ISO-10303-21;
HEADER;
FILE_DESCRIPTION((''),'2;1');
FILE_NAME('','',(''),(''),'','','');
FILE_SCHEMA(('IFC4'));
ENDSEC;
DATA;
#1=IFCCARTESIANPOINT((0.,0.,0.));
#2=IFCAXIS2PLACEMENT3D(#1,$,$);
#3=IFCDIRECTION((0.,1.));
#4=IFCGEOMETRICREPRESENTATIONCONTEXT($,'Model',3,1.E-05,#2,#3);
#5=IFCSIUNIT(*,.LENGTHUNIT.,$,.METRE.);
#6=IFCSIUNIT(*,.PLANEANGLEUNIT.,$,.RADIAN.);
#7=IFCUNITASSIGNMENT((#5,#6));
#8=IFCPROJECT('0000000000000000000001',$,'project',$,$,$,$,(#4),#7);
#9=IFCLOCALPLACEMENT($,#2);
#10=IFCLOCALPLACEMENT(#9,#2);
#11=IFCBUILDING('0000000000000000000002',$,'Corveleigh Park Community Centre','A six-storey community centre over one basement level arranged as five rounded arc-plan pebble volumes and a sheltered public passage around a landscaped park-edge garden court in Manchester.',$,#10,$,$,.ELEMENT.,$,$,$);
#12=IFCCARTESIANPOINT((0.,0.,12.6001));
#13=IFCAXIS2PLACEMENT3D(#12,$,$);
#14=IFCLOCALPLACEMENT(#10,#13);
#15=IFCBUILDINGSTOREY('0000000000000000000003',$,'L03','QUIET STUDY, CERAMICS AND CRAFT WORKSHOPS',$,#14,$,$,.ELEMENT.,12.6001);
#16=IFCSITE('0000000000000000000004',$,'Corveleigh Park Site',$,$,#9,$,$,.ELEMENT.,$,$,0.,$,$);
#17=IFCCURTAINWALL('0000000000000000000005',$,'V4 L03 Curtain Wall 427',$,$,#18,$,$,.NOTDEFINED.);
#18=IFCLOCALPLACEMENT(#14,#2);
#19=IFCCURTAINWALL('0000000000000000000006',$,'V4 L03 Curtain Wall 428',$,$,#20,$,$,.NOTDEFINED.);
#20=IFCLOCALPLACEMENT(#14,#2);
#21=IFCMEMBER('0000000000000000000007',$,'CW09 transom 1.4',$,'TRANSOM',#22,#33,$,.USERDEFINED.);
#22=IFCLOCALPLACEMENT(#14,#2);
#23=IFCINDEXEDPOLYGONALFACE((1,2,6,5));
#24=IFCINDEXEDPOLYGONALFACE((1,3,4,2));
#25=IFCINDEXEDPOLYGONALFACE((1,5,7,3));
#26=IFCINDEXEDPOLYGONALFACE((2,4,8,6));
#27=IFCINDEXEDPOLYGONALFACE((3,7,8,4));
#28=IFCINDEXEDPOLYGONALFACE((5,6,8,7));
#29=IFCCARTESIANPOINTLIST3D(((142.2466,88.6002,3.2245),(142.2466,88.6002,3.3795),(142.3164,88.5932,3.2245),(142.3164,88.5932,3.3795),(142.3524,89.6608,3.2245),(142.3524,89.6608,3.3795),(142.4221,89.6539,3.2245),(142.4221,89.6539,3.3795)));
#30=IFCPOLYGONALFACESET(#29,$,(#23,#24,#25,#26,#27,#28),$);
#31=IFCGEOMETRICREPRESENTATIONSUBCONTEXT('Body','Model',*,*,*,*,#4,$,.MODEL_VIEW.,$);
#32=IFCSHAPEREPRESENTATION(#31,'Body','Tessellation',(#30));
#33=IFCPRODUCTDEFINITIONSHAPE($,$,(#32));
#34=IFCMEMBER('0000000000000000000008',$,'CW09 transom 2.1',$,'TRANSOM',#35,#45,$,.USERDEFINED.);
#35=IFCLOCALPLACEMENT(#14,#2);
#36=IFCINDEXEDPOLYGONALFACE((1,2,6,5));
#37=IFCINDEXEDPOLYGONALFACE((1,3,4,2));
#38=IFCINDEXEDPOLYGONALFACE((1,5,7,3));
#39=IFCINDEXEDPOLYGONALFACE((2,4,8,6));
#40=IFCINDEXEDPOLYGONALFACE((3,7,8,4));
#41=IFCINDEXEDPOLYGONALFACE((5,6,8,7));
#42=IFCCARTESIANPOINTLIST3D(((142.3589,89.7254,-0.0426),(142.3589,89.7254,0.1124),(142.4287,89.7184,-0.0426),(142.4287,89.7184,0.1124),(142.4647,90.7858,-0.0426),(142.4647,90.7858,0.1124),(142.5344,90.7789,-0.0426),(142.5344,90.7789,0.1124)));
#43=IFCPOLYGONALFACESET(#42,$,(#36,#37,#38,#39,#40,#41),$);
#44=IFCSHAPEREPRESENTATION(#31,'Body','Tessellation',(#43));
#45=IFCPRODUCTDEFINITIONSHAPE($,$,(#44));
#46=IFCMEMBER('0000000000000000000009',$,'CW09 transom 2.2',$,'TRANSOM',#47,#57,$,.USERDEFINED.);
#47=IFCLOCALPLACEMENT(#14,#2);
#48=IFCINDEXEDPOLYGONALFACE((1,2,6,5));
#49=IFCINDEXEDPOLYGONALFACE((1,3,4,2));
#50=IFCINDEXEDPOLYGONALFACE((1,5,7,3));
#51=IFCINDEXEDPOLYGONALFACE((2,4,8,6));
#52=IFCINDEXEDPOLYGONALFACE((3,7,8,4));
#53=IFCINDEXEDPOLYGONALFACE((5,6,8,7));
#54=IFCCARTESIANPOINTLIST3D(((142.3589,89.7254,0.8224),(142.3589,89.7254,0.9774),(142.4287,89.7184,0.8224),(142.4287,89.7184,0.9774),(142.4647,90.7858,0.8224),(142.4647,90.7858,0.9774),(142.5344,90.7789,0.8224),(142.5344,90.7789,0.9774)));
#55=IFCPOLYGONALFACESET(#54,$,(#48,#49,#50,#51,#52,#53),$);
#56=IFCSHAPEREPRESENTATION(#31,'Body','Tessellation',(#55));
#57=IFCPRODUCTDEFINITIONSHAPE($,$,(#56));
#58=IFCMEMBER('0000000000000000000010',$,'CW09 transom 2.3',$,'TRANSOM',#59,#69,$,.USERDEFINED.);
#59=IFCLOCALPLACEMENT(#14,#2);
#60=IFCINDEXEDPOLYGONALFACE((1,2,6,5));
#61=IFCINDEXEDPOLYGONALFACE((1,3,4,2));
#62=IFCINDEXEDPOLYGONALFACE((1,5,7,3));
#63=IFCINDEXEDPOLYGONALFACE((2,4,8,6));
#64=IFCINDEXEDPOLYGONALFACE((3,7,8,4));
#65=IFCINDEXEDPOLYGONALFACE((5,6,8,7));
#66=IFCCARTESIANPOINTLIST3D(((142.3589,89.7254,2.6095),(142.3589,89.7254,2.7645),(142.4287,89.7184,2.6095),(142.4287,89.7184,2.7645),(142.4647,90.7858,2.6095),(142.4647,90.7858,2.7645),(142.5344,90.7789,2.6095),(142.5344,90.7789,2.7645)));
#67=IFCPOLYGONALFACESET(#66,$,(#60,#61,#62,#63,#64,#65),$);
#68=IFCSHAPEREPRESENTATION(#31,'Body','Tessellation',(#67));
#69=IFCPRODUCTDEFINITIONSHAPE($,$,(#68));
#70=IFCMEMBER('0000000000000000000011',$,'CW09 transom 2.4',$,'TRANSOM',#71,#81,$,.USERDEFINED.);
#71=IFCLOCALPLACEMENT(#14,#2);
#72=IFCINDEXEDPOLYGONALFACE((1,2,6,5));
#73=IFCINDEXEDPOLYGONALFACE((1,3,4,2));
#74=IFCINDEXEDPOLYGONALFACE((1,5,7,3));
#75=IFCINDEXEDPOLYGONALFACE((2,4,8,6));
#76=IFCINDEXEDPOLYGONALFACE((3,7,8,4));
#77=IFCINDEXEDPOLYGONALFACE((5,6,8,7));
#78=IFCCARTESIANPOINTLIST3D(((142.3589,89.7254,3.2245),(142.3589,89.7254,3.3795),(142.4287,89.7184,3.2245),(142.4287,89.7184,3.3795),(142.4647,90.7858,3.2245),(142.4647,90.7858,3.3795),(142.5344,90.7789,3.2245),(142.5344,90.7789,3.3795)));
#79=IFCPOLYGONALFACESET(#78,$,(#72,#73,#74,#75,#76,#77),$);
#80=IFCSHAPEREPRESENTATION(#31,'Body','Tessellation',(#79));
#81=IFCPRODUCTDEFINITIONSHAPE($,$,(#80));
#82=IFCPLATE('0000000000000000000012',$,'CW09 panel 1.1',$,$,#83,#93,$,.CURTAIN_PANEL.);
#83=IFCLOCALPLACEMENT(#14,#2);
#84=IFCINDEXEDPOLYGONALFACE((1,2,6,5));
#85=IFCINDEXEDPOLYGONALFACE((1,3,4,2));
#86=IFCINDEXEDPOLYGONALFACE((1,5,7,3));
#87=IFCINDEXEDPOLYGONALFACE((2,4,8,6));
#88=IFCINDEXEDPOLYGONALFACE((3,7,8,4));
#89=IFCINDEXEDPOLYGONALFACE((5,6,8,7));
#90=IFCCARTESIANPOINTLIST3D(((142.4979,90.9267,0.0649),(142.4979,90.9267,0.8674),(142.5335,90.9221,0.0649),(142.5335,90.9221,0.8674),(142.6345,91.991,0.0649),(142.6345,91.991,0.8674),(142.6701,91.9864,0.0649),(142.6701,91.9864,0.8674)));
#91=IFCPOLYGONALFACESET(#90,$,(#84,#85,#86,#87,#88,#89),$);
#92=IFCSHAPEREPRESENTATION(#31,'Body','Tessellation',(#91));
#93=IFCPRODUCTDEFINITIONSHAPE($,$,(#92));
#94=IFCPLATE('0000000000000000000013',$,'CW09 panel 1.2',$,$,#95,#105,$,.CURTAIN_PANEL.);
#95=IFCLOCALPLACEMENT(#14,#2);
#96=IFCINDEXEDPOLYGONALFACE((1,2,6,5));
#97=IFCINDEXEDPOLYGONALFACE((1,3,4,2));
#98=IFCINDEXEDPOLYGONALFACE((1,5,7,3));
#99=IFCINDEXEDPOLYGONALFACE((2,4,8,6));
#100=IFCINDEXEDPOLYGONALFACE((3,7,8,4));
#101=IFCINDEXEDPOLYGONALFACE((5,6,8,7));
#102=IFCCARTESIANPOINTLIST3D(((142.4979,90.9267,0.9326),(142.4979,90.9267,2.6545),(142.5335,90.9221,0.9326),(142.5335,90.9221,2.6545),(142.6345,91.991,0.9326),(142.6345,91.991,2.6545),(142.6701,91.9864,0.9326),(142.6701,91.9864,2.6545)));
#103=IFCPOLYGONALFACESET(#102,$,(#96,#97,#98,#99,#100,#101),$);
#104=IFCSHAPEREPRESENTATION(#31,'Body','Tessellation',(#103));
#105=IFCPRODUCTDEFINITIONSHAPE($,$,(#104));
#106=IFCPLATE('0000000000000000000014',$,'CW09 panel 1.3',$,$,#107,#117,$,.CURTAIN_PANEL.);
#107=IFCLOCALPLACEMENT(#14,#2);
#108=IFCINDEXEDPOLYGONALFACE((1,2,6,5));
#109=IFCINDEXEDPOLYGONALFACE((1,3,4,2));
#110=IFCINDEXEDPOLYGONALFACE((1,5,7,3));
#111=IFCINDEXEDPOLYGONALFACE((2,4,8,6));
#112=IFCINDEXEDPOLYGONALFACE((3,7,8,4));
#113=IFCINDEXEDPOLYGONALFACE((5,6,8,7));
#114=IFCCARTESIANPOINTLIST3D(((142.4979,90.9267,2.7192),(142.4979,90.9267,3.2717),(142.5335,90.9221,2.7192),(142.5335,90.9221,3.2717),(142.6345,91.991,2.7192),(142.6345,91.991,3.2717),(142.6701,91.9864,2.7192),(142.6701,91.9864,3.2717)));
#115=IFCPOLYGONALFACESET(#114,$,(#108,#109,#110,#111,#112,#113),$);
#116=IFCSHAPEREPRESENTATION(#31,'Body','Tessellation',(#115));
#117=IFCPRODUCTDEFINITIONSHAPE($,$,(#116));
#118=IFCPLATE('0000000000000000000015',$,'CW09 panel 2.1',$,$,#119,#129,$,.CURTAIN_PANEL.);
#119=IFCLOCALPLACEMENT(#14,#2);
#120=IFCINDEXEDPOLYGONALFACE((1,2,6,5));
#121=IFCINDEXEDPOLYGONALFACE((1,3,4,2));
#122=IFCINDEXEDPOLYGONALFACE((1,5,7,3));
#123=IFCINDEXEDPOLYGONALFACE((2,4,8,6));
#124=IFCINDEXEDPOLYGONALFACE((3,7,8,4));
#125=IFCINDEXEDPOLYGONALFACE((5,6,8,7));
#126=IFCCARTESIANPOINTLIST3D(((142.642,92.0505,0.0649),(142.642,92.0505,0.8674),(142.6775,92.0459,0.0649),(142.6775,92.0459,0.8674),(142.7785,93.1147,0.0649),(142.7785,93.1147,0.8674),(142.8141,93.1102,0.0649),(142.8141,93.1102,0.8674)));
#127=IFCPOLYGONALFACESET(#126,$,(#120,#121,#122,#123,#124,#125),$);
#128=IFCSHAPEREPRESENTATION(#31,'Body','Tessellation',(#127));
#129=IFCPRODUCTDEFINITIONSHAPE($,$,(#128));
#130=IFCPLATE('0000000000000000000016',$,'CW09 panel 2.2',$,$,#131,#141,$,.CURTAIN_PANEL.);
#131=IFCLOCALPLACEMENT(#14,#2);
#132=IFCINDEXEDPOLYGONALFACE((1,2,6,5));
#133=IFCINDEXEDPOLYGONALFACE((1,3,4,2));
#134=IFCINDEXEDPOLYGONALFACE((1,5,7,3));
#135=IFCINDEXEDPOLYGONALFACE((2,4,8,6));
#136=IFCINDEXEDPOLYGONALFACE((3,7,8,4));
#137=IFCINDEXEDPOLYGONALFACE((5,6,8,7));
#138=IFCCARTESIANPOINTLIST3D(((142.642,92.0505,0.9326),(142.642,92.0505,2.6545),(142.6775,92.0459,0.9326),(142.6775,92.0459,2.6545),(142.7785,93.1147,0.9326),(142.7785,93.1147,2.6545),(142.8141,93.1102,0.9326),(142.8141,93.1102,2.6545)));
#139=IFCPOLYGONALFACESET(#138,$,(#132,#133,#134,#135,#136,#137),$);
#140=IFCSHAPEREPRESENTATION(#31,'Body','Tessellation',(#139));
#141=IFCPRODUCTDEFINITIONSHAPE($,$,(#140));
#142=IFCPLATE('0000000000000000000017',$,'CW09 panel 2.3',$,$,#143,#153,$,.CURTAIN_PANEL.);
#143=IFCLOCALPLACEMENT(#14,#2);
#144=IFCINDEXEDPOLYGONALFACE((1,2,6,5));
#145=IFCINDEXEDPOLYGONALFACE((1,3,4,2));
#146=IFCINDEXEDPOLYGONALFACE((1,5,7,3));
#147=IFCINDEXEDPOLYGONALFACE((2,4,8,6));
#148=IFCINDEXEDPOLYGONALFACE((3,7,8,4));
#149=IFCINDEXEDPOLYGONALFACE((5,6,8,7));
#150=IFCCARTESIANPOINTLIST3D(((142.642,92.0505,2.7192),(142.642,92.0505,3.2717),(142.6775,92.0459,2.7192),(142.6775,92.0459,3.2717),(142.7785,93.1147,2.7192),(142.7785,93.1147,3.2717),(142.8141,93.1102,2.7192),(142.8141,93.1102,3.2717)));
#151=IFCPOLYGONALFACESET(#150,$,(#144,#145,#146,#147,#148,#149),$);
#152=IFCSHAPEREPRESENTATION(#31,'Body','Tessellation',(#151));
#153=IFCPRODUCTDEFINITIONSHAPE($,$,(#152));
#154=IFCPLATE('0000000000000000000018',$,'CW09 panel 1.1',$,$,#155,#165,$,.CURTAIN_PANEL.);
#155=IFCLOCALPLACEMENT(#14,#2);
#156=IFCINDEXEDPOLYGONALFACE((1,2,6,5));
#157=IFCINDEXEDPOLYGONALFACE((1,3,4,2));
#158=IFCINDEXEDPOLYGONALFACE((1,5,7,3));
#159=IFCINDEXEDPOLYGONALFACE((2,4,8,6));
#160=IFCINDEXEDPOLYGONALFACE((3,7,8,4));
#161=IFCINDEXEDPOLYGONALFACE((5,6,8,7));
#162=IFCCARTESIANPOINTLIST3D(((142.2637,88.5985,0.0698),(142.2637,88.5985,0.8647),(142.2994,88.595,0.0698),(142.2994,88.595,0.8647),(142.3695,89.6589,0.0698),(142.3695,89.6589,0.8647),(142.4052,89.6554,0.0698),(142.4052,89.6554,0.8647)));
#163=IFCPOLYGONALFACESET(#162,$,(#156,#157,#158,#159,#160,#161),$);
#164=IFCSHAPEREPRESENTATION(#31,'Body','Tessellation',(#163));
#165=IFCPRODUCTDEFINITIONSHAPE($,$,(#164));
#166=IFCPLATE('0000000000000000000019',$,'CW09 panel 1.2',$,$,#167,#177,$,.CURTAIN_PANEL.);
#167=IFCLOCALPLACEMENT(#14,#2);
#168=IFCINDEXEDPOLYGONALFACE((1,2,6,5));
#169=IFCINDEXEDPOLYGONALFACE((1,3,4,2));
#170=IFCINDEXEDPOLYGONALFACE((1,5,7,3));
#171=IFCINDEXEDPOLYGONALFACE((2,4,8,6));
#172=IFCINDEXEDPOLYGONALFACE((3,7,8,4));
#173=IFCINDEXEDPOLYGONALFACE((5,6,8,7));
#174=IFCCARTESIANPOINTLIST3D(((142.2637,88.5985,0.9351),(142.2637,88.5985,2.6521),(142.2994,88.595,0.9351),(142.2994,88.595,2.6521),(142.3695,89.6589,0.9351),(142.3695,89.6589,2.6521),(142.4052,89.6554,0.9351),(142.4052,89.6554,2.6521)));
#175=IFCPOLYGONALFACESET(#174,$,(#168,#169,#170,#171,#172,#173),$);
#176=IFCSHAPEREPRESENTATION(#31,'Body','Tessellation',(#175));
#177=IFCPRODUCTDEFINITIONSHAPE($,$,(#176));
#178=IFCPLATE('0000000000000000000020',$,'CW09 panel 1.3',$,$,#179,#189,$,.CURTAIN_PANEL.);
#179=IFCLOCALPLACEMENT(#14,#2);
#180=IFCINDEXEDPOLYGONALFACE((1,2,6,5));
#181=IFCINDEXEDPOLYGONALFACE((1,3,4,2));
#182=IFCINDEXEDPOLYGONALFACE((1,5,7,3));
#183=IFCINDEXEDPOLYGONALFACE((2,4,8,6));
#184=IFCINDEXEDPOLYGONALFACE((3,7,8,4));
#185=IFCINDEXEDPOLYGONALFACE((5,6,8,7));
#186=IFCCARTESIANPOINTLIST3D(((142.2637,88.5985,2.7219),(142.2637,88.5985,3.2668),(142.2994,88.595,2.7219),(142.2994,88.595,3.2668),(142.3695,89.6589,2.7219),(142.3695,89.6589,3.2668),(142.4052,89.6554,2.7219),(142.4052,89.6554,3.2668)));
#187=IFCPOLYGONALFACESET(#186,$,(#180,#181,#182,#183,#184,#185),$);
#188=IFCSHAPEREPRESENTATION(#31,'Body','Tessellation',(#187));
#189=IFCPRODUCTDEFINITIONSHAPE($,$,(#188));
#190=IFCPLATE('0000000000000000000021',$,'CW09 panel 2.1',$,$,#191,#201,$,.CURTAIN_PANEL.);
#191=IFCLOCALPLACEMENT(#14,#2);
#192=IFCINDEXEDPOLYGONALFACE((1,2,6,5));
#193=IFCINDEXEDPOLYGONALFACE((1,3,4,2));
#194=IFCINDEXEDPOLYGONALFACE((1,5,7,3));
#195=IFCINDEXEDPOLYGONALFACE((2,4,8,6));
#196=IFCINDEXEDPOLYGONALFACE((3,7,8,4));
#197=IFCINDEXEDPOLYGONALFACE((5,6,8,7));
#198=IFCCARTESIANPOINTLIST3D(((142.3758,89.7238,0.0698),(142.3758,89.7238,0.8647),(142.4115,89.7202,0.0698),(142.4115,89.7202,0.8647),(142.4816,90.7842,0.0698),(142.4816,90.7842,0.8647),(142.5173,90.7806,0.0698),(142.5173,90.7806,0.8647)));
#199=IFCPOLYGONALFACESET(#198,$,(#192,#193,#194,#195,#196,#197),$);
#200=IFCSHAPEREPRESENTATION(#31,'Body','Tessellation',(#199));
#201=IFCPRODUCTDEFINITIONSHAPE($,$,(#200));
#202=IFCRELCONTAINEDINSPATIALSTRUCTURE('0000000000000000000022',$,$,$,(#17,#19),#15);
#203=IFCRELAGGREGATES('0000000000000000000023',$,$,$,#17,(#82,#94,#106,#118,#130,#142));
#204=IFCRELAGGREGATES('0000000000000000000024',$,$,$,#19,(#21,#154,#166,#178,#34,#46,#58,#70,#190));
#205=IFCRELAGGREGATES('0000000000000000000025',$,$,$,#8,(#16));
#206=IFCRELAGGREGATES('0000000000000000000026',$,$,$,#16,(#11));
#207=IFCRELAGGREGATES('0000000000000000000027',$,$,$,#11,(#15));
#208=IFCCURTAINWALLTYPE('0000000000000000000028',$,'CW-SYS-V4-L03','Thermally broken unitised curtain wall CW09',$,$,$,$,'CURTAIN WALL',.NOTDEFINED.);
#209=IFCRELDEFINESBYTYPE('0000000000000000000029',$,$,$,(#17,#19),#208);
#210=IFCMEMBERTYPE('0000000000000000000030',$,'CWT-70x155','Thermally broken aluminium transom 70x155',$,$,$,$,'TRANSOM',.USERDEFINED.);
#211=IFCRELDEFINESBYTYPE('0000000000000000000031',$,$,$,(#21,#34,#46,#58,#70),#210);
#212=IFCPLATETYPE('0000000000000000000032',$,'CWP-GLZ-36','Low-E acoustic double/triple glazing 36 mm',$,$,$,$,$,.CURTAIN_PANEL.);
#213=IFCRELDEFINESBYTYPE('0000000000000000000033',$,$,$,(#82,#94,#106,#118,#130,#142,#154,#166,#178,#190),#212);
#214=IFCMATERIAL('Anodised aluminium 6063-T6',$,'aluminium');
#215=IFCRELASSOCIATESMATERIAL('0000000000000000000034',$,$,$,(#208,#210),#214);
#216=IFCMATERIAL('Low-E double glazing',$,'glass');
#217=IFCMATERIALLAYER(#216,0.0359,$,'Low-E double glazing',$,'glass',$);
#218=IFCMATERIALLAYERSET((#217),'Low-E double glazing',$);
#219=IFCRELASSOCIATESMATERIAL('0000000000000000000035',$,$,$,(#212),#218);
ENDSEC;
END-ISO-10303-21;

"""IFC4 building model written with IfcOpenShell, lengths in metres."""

from ifc_helpers import new_model, si_unit, direction, frame, origin, origin_2d, place, context, subcontext, project, spatial, rectangle, extrude, material, layer, layer_set, material_profile, profile_set, type_object, element, aggregate, save


model = new_model("IFC4")

# Units and contexts
model_context = context("Model", 3, precision=1e-05, world=origin(), true_north=direction((0.0, 1.0)))
body_context = subcontext(model_context, "Body", "Model", "MODEL_VIEW")
ifc_project = project(units=[si_unit("LENGTHUNIT", "METRE"), si_unit("PLANEANGLEUNIT", "RADIAN")], contexts=[model_context])

# Site, building, storey
site_placement = place(None, origin())
site = spatial("IfcSite", under=ifc_project, at=site_placement, Name="Corveleigh Park Site", CompositionType="ELEMENT", RefElevation=0.0)
building_placement = place(site_placement, origin())
building = spatial("IfcBuilding", under=site, at=building_placement, Name="Corveleigh Park Community Centre", Description="A six-storey community centre over one basement level arranged as five rounded arc-plan pebble volumes and a sheltered public passage around a landscaped park-edge garden court in Manchester.", CompositionType="ELEMENT")
storey_placement = place(building_placement, frame((0.0, 0.0, 12.6001)))
storey = spatial("IfcBuildingStorey", under=building, at=storey_placement, Name="L03", Description="QUIET STUDY, CERAMICS AND CRAFT WORKSHOPS", CompositionType="ELEMENT", Elevation=12.6001)

# Curtain walls
ifc_material_1 = material(Name="Anodised aluminium 6063-T6", Category="aluminium")
curtain_wall_type = type_object("IfcCurtainWallType", Name="CW-SYS-V4-L03", Description="Thermally broken unitised curtain wall CW09", ElementType="CURTAIN WALL", PredefinedType="NOTDEFINED", material=ifc_material_1)
curtain_wall_1_placement = place(storey_placement, origin())
curtain_wall_1 = element("IfcCurtainWall", 1, at=curtain_wall_1_placement, inside=storey, type_object=curtain_wall_type, Name="V4 L03 Curtain Wall 427", PredefinedType="NOTDEFINED")
curtain_wall_2_placement = place(storey_placement, origin())
curtain_wall_2 = element("IfcCurtainWall", 2, at=curtain_wall_2_placement, inside=storey, type_object=curtain_wall_type, Name="V4 L03 Curtain Wall 428", PredefinedType="NOTDEFINED")

# Members
ifc_material_profile_1 = material_profile(ifc_material_1, rectangle(XDim=0.0701, YDim=0.155, at=origin_2d()), Name="ALU-T70x155", Category="aluminium")
ifc_profile_set_1 = profile_set([ifc_material_profile_1], Name="Anodised aluminium 6063-T6")
member_type_1 = type_object("IfcMemberType", Name="CWT-70x155", Description="Thermally broken aluminium transom 70x155", ElementType="TRANSOM", PredefinedType="USERDEFINED", material=ifc_profile_set_1)
member_1_placement = place(storey_placement, frame((142.2815, 88.5967, 3.302), z_axis=(0.099186, 0.995069, 0.0), x_axis=(-0.995069, 0.099186, 0.0)))
member_1 = element("IfcMember", 3, at=member_1_placement, type_object=member_type_1, Name="CW09 transom 1.4", ObjectType="TRANSOM", PredefinedType="USERDEFINED", context=body_context, shape_type="SweptSolid", body=[
    extrude(rectangle(XDim=0.0701, YDim=0.155, at=origin_2d()), origin(), (0.0, 0.0, 1.0), 1.0659),
])
member_2_placement = place(storey_placement, frame((142.3938, 89.7219, 0.0349), z_axis=(0.099209, 0.995067, 0.0), x_axis=(-0.995067, 0.099209, 0.0)))
member_2 = element("IfcMember", 4, at=member_2_placement, type_object=member_type_1, Name="CW09 transom 2.1", ObjectType="TRANSOM", PredefinedType="USERDEFINED", context=body_context, shape_type="SweptSolid", body=[
    extrude(rectangle(XDim=0.0701, YDim=0.155, at=origin_2d()), origin(), (0.0, 0.0, 1.0), 1.0657),
])
member_3_placement = place(storey_placement, frame((142.3938, 89.7219, 0.8999), z_axis=(0.099209, 0.995067, 0.0), x_axis=(-0.995067, 0.099209, 0.0)))
member_3 = element("IfcMember", 5, at=member_3_placement, type_object=member_type_1, Name="CW09 transom 2.2", ObjectType="TRANSOM", PredefinedType="USERDEFINED", context=body_context, shape_type="SweptSolid", body=[
    extrude(rectangle(XDim=0.0701, YDim=0.155, at=origin_2d()), origin(), (0.0, 0.0, 1.0), 1.0657),
])
member_4_placement = place(storey_placement, frame((142.3938, 89.7219, 2.687), z_axis=(0.099209, 0.995067, 0.0), x_axis=(-0.995067, 0.099209, 0.0)))
member_4 = element("IfcMember", 6, at=member_4_placement, type_object=member_type_1, Name="CW09 transom 2.3", ObjectType="TRANSOM", PredefinedType="USERDEFINED", context=body_context, shape_type="SweptSolid", body=[
    extrude(rectangle(XDim=0.0701, YDim=0.155, at=origin_2d()), origin(), (0.0, 0.0, 1.0), 1.0657),
])
member_5_placement = place(storey_placement, frame((142.3938, 89.7219, 3.302), z_axis=(0.099209, 0.995067, 0.0), x_axis=(-0.995067, 0.099209, 0.0)))
member_5 = element("IfcMember", 7, at=member_5_placement, type_object=member_type_1, Name="CW09 transom 2.4", ObjectType="TRANSOM", PredefinedType="USERDEFINED", context=body_context, shape_type="SweptSolid", body=[
    extrude(rectangle(XDim=0.0701, YDim=0.155, at=origin_2d()), origin(), (0.0, 0.0, 1.0), 1.0657),
])

# Plates
ifc_material_2 = material(Name="Low-E double glazing", Category="glass")
ifc_layer_1 = layer(ifc_material_2, 0.0359, Name="Low-E double glazing", Category="glass")
ifc_layer_set_1 = layer_set([ifc_layer_1], Name="Low-E double glazing")
plate_type = type_object("IfcPlateType", Name="CWP-GLZ-36", Description="Low-E acoustic double/triple glazing 36 mm", PredefinedType="CURTAIN_PANEL", material=ifc_layer_set_1)
plate_1_placement = place(storey_placement, frame((142.584, 91.4565, 0.0649), z_axis=(0.0, 0.0, 1.0), x_axis=(0.127262, 0.991869, 0.0)))
plate_1 = element("IfcPlate", 8, at=plate_1_placement, type_object=plate_type, Name="CW09 panel 1.1", PredefinedType="CURTAIN_PANEL", context=body_context, shape_type="SweptSolid", body=[
    extrude(rectangle(XDim=1.073, YDim=0.0359, at=origin_2d()), origin(), (0.0, 0.0, 1.0), 0.8025),
])
plate_2_placement = place(storey_placement, frame((142.584, 91.4565, 0.9326), z_axis=(0.0, 0.0, 1.0), x_axis=(0.127262, 0.991869, 0.0)))
plate_2 = element("IfcPlate", 9, at=plate_2_placement, type_object=plate_type, Name="CW09 panel 1.2", PredefinedType="CURTAIN_PANEL", context=body_context, shape_type="SweptSolid", body=[
    extrude(rectangle(XDim=1.073, YDim=0.0359, at=origin_2d()), origin(), (0.0, 0.0, 1.0), 1.7219),
])
plate_3_placement = place(storey_placement, frame((142.584, 91.4565, 2.7192), z_axis=(0.0, 0.0, 1.0), x_axis=(0.127262, 0.991869, 0.0)))
plate_3 = element("IfcPlate", 10, at=plate_3_placement, type_object=plate_type, Name="CW09 panel 1.3", PredefinedType="CURTAIN_PANEL", context=body_context, shape_type="SweptSolid", body=[
    extrude(rectangle(XDim=1.073, YDim=0.0359, at=origin_2d()), origin(), (0.0, 0.0, 1.0), 0.5525),
])
plate_4_placement = place(storey_placement, frame((142.728, 92.5803, 0.0649), z_axis=(0.0, 0.0, 1.0), x_axis=(0.127262, 0.991869, 0.0)))
plate_4 = element("IfcPlate", 11, at=plate_4_placement, type_object=plate_type, Name="CW09 panel 2.1", PredefinedType="CURTAIN_PANEL", context=body_context, shape_type="SweptSolid", body=[
    extrude(rectangle(XDim=1.073, YDim=0.0359, at=origin_2d()), origin(), (0.0, 0.0, 1.0), 0.8025),
])
plate_5_placement = place(storey_placement, frame((142.728, 92.5803, 0.9326), z_axis=(0.0, 0.0, 1.0), x_axis=(0.127262, 0.991869, 0.0)))
plate_5 = element("IfcPlate", 12, at=plate_5_placement, type_object=plate_type, Name="CW09 panel 2.2", PredefinedType="CURTAIN_PANEL", context=body_context, shape_type="SweptSolid", body=[
    extrude(rectangle(XDim=1.073, YDim=0.0359, at=origin_2d()), origin(), (0.0, 0.0, 1.0), 1.7219),
])
plate_6_placement = place(storey_placement, frame((142.728, 92.5803, 2.7192), z_axis=(0.0, 0.0, 1.0), x_axis=(0.127262, 0.991869, 0.0)))
plate_6 = element("IfcPlate", 13, at=plate_6_placement, type_object=plate_type, Name="CW09 panel 2.3", PredefinedType="CURTAIN_PANEL", context=body_context, shape_type="SweptSolid", body=[
    extrude(rectangle(XDim=1.073, YDim=0.0359, at=origin_2d()), origin(), (0.0, 0.0, 1.0), 0.5525),
])
aggregate(curtain_wall_1, [plate_1, plate_2, plate_3, plate_4, plate_5, plate_6])
plate_7_placement = place(storey_placement, frame((142.3345, 89.127, 0.0698), z_axis=(0.0, 0.0, 1.0), x_axis=(0.099291, 0.995058, 0.0)))
plate_7 = element("IfcPlate", 14, at=plate_7_placement, type_object=plate_type, Name="CW09 panel 1.1", PredefinedType="CURTAIN_PANEL", context=body_context, shape_type="SweptSolid", body=[
    extrude(rectangle(XDim=1.0657, YDim=0.0359, at=origin_2d()), origin(), (0.0, 0.0, 1.0), 0.7949),
])
plate_8_placement = place(storey_placement, frame((142.3345, 89.127, 0.9351), z_axis=(0.0, 0.0, 1.0), x_axis=(0.099291, 0.995058, 0.0)))
plate_8 = element("IfcPlate", 15, at=plate_8_placement, type_object=plate_type, Name="CW09 panel 1.2", PredefinedType="CURTAIN_PANEL", context=body_context, shape_type="SweptSolid", body=[
    extrude(rectangle(XDim=1.0657, YDim=0.0359, at=origin_2d()), origin(), (0.0, 0.0, 1.0), 1.717),
])
plate_9_placement = place(storey_placement, frame((142.3345, 89.127, 2.7219), z_axis=(0.0, 0.0, 1.0), x_axis=(0.099291, 0.995058, 0.0)))
plate_9 = element("IfcPlate", 16, at=plate_9_placement, type_object=plate_type, Name="CW09 panel 1.3", PredefinedType="CURTAIN_PANEL", context=body_context, shape_type="SweptSolid", body=[
    extrude(rectangle(XDim=1.0657, YDim=0.0359, at=origin_2d()), origin(), (0.0, 0.0, 1.0), 0.5449),
])
plate_10_placement = place(storey_placement, frame((142.4465, 90.2522, 0.0698), z_axis=(0.0, 0.0, 1.0), x_axis=(0.099291, 0.995058, 0.0)))
plate_10 = element("IfcPlate", 17, at=plate_10_placement, type_object=plate_type, Name="CW09 panel 2.1", PredefinedType="CURTAIN_PANEL", context=body_context, shape_type="SweptSolid", body=[
    extrude(rectangle(XDim=1.0657, YDim=0.0359, at=origin_2d()), origin(), (0.0, 0.0, 1.0), 0.7949),
])
aggregate(curtain_wall_2, [member_1, plate_7, plate_8, plate_9, member_2, member_3, member_4, member_5, plate_10])

save(model, "model.ifc")
